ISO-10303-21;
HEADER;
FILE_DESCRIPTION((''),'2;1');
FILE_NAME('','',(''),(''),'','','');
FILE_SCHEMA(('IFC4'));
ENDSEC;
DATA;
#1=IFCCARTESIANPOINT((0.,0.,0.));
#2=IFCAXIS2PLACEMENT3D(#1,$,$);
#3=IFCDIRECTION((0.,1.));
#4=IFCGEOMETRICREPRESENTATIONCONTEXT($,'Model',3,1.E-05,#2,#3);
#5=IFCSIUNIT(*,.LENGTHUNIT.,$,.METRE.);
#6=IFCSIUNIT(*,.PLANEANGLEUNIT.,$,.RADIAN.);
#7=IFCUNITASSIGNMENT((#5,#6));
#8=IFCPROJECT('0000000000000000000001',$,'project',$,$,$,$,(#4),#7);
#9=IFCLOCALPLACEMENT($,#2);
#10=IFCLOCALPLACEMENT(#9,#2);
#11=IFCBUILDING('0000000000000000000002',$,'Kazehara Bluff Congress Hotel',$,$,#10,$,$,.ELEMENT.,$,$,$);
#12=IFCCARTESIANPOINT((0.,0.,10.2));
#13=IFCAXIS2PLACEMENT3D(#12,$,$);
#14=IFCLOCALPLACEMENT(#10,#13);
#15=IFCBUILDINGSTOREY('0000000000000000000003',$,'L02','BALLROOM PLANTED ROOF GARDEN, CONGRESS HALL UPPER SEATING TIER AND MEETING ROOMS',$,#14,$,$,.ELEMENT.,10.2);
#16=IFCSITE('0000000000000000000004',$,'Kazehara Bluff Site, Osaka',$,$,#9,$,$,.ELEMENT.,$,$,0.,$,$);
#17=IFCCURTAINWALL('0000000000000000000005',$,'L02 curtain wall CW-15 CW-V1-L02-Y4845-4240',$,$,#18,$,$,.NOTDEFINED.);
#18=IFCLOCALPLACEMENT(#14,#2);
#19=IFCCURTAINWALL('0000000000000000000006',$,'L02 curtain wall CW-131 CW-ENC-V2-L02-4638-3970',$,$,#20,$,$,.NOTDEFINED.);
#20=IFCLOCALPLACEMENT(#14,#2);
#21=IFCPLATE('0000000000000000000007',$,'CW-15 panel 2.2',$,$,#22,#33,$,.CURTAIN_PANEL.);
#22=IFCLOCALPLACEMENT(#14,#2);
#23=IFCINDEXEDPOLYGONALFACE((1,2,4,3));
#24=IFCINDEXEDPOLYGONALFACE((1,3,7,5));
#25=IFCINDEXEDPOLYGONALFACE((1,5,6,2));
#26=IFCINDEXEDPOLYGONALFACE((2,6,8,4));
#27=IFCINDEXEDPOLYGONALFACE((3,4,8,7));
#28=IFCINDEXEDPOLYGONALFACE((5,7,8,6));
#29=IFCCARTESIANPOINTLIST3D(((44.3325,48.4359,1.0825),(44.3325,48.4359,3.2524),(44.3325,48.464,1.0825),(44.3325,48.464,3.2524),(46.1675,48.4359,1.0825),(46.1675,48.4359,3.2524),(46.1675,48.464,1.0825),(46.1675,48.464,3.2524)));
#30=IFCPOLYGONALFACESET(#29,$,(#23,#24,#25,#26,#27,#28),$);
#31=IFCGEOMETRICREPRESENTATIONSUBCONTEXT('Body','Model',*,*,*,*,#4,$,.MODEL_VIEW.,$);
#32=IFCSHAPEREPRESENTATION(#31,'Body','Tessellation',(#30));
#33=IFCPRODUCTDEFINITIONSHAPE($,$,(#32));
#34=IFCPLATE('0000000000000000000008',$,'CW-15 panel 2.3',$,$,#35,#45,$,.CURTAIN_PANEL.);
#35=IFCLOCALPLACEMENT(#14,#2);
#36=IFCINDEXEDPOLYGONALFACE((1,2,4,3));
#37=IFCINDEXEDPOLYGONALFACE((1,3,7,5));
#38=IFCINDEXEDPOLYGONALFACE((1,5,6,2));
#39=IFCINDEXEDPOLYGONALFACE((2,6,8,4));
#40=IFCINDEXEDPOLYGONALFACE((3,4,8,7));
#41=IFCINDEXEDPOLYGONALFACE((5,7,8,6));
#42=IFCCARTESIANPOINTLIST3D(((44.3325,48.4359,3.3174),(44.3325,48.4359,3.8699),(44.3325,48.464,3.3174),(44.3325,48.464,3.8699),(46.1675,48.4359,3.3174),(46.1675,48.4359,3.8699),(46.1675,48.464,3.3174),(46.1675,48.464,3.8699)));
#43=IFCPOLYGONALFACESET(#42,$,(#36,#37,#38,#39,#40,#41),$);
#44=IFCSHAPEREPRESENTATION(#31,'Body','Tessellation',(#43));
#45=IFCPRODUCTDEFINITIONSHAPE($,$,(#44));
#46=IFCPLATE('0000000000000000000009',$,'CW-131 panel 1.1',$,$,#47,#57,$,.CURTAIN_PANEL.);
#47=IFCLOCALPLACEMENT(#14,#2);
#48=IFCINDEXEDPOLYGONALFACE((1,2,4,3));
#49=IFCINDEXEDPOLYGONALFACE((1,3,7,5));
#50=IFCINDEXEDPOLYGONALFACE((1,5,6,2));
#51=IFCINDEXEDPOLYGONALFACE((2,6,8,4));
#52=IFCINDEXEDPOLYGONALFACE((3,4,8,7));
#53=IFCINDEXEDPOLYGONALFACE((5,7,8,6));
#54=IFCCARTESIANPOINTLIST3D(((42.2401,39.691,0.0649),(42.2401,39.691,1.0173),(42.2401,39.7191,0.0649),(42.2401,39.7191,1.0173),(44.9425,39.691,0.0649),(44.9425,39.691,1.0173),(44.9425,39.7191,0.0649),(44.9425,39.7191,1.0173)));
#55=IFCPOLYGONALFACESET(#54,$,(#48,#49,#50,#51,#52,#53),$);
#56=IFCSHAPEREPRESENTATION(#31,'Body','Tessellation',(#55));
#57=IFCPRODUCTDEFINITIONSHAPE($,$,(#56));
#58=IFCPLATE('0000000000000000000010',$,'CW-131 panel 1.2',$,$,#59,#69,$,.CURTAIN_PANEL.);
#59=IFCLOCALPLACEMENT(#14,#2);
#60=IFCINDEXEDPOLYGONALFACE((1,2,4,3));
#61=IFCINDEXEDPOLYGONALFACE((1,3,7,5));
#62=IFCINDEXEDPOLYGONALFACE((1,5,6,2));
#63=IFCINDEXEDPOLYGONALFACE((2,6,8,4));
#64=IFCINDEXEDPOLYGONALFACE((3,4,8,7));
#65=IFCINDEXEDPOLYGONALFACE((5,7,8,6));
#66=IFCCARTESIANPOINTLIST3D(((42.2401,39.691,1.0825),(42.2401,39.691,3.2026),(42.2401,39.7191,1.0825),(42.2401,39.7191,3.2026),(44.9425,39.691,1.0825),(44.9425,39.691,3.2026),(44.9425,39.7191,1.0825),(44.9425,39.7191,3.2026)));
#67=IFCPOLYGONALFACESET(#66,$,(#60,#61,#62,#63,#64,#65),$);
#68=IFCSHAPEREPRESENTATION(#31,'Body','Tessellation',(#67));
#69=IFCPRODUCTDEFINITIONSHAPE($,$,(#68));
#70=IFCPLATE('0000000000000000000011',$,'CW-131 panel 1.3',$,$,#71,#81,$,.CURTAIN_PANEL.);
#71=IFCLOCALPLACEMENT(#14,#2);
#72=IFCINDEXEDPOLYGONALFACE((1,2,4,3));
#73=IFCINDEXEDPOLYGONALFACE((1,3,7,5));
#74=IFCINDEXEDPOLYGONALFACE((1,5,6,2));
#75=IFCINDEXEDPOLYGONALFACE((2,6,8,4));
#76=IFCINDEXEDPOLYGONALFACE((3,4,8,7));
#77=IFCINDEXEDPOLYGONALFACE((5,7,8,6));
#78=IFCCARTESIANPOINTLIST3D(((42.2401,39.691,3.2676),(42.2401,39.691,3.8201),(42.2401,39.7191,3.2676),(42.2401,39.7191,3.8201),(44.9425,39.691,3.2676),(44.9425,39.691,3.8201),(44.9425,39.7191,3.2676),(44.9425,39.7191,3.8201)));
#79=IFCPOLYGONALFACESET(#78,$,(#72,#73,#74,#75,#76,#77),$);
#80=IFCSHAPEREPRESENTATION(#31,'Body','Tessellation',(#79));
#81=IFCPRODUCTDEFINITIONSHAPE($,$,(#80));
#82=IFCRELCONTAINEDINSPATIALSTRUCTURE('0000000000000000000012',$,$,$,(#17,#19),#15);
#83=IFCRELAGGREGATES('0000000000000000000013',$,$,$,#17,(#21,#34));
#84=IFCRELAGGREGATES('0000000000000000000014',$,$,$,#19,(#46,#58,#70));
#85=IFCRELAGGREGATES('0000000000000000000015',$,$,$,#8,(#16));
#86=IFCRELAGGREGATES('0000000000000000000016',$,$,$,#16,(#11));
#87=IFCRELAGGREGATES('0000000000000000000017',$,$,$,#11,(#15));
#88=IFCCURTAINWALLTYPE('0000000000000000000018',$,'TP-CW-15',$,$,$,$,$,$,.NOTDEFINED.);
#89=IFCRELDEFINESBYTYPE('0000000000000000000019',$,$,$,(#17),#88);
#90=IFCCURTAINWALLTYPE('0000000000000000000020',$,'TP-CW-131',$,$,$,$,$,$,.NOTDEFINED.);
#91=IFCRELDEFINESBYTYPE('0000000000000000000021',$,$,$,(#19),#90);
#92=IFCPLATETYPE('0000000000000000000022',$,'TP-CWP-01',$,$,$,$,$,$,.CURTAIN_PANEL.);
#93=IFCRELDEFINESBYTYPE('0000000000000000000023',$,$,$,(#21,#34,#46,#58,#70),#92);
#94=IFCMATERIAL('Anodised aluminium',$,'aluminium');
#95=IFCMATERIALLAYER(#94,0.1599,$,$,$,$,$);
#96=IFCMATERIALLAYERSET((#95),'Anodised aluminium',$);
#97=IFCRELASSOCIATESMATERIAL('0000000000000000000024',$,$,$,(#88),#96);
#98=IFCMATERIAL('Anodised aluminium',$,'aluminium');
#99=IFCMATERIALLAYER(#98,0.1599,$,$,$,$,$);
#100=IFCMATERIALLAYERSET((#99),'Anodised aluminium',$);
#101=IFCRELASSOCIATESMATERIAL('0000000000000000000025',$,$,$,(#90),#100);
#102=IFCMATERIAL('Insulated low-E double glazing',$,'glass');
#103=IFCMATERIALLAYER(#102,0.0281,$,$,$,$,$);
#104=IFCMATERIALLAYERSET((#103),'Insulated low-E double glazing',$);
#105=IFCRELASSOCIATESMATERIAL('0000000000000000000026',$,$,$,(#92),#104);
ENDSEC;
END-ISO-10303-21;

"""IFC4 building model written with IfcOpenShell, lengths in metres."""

from ifc_helpers import new_model, si_unit, direction, frame, origin, origin_2d, place, context, subcontext, project, spatial, rectangle, extrude, material, layer, layer_set, type_object, element, aggregate, save


model = new_model("IFC4")

# Units and contexts
model_context = context("Model", 3, precision=1e-05, world=origin(), true_north=direction((0.0, 1.0)))
body_context = subcontext(model_context, "Body", "Model", "MODEL_VIEW")
ifc_project = project(units=[si_unit("LENGTHUNIT", "METRE"), si_unit("PLANEANGLEUNIT", "RADIAN")], contexts=[model_context])

# Site, building, storey
site_placement = place(None, origin())
site = spatial("IfcSite", under=ifc_project, at=site_placement, Name="Kazehara Bluff Site, Osaka", CompositionType="ELEMENT", RefElevation=0.0)
building_placement = place(site_placement, origin())
building = spatial("IfcBuilding", under=site, at=building_placement, Name="Kazehara Bluff Congress Hotel", CompositionType="ELEMENT")
storey_placement = place(building_placement, frame((0.0, 0.0, 10.2)))
storey = spatial("IfcBuildingStorey", under=building, at=storey_placement, Name="L02", Description="BALLROOM PLANTED ROOF GARDEN, CONGRESS HALL UPPER SEATING TIER AND MEETING ROOMS", CompositionType="ELEMENT", Elevation=10.2)

# Curtain wall
ifc_material_1 = material(Name="Anodised aluminium", Category="aluminium")
ifc_layer_1 = layer(ifc_material_1, 0.1599)
ifc_layer_set_1 = layer_set([ifc_layer_1], Name="Anodised aluminium")
curtain_wall_type_1 = type_object("IfcCurtainWallType", Name="TP-CW-15", PredefinedType="NOTDEFINED", material=ifc_layer_set_1)
curtain_wall_1_placement = place(storey_placement, origin())
curtain_wall_1 = element("IfcCurtainWall", 1, at=curtain_wall_1_placement, inside=storey, type_object=curtain_wall_type_1, Name="L02 curtain wall CW-15 CW-V1-L02-Y4845-4240", PredefinedType="NOTDEFINED")

# Curtain wall
ifc_material_2 = material(Name="Anodised aluminium", Category="aluminium")
ifc_layer_2 = layer(ifc_material_2, 0.1599)
ifc_layer_set_2 = layer_set([ifc_layer_2], Name="Anodised aluminium")
curtain_wall_type_2 = type_object("IfcCurtainWallType", Name="TP-CW-131", PredefinedType="NOTDEFINED", material=ifc_layer_set_2)
curtain_wall_2_placement = place(storey_placement, origin())
curtain_wall_2 = element("IfcCurtainWall", 2, at=curtain_wall_2_placement, inside=storey, type_object=curtain_wall_type_2, Name="L02 curtain wall CW-131 CW-ENC-V2-L02-4638-3970", PredefinedType="NOTDEFINED")

# Plates
ifc_material_3 = material(Name="Insulated low-E double glazing", Category="glass")
ifc_layer_3 = layer(ifc_material_3, 0.0281)
ifc_layer_set_3 = layer_set([ifc_layer_3], Name="Insulated low-E double glazing")
plate_type = type_object("IfcPlateType", Name="TP-CWP-01", PredefinedType="CURTAIN_PANEL", material=ifc_layer_set_3)
plate_1_placement = place(storey_placement, frame((45.25, 48.45, 1.0825), z_axis=(0.0, 0.0, 1.0), x_axis=(1.0, 0.0, 0.0)))
plate_1 = element("IfcPlate", 3, at=plate_1_placement, type_object=plate_type, Name="CW-15 panel 2.2", PredefinedType="CURTAIN_PANEL", context=body_context, shape_type="SweptSolid", body=[
    extrude(rectangle(XDim=1.835, YDim=0.0281, at=origin_2d()), origin(), (0.0, 0.0, 1.0), 2.1699),
])
plate_2_placement = place(storey_placement, frame((45.25, 48.45, 3.3174), z_axis=(0.0, 0.0, 1.0), x_axis=(1.0, 0.0, 0.0)))
plate_2 = element("IfcPlate", 4, at=plate_2_placement, type_object=plate_type, Name="CW-15 panel 2.3", PredefinedType="CURTAIN_PANEL", context=body_context, shape_type="SweptSolid", body=[
    extrude(rectangle(XDim=1.835, YDim=0.0281, at=origin_2d()), origin(), (0.0, 0.0, 1.0), 0.5525),
])
aggregate(curtain_wall_1, [plate_1, plate_2])
plate_3_placement = place(storey_placement, frame((43.5913, 39.7051, 0.0649), z_axis=(0.0, 0.0, 1.0), x_axis=(1.0, 0.0, 0.0)))
plate_3 = element("IfcPlate", 5, at=plate_3_placement, type_object=plate_type, Name="CW-131 panel 1.1", PredefinedType="CURTAIN_PANEL", context=body_context, shape_type="SweptSolid", body=[
    extrude(rectangle(XDim=2.7024, YDim=0.0281, at=origin_2d()), origin(), (0.0, 0.0, 1.0), 0.9524),
])
plate_4_placement = place(storey_placement, frame((43.5913, 39.7051, 1.0825), z_axis=(0.0, 0.0, 1.0), x_axis=(1.0, 0.0, 0.0)))
plate_4 = element("IfcPlate", 6, at=plate_4_placement, type_object=plate_type, Name="CW-131 panel 1.2", PredefinedType="CURTAIN_PANEL", context=body_context, shape_type="SweptSolid", body=[
    extrude(rectangle(XDim=2.7024, YDim=0.0281, at=origin_2d()), origin(), (0.0, 0.0, 1.0), 2.1201),
])
plate_5_placement = place(storey_placement, frame((43.5913, 39.7051, 3.2676), z_axis=(0.0, 0.0, 1.0), x_axis=(1.0, 0.0, 0.0)))
plate_5 = element("IfcPlate", 7, at=plate_5_placement, type_object=plate_type, Name="CW-131 panel 1.3", PredefinedType="CURTAIN_PANEL", context=body_context, shape_type="SweptSolid", body=[
    extrude(rectangle(XDim=2.7024, YDim=0.0281, at=origin_2d()), origin(), (0.0, 0.0, 1.0), 0.5525),
])
aggregate(curtain_wall_2, [plate_3, plate_4, plate_5])

save(model, "model.ifc")
